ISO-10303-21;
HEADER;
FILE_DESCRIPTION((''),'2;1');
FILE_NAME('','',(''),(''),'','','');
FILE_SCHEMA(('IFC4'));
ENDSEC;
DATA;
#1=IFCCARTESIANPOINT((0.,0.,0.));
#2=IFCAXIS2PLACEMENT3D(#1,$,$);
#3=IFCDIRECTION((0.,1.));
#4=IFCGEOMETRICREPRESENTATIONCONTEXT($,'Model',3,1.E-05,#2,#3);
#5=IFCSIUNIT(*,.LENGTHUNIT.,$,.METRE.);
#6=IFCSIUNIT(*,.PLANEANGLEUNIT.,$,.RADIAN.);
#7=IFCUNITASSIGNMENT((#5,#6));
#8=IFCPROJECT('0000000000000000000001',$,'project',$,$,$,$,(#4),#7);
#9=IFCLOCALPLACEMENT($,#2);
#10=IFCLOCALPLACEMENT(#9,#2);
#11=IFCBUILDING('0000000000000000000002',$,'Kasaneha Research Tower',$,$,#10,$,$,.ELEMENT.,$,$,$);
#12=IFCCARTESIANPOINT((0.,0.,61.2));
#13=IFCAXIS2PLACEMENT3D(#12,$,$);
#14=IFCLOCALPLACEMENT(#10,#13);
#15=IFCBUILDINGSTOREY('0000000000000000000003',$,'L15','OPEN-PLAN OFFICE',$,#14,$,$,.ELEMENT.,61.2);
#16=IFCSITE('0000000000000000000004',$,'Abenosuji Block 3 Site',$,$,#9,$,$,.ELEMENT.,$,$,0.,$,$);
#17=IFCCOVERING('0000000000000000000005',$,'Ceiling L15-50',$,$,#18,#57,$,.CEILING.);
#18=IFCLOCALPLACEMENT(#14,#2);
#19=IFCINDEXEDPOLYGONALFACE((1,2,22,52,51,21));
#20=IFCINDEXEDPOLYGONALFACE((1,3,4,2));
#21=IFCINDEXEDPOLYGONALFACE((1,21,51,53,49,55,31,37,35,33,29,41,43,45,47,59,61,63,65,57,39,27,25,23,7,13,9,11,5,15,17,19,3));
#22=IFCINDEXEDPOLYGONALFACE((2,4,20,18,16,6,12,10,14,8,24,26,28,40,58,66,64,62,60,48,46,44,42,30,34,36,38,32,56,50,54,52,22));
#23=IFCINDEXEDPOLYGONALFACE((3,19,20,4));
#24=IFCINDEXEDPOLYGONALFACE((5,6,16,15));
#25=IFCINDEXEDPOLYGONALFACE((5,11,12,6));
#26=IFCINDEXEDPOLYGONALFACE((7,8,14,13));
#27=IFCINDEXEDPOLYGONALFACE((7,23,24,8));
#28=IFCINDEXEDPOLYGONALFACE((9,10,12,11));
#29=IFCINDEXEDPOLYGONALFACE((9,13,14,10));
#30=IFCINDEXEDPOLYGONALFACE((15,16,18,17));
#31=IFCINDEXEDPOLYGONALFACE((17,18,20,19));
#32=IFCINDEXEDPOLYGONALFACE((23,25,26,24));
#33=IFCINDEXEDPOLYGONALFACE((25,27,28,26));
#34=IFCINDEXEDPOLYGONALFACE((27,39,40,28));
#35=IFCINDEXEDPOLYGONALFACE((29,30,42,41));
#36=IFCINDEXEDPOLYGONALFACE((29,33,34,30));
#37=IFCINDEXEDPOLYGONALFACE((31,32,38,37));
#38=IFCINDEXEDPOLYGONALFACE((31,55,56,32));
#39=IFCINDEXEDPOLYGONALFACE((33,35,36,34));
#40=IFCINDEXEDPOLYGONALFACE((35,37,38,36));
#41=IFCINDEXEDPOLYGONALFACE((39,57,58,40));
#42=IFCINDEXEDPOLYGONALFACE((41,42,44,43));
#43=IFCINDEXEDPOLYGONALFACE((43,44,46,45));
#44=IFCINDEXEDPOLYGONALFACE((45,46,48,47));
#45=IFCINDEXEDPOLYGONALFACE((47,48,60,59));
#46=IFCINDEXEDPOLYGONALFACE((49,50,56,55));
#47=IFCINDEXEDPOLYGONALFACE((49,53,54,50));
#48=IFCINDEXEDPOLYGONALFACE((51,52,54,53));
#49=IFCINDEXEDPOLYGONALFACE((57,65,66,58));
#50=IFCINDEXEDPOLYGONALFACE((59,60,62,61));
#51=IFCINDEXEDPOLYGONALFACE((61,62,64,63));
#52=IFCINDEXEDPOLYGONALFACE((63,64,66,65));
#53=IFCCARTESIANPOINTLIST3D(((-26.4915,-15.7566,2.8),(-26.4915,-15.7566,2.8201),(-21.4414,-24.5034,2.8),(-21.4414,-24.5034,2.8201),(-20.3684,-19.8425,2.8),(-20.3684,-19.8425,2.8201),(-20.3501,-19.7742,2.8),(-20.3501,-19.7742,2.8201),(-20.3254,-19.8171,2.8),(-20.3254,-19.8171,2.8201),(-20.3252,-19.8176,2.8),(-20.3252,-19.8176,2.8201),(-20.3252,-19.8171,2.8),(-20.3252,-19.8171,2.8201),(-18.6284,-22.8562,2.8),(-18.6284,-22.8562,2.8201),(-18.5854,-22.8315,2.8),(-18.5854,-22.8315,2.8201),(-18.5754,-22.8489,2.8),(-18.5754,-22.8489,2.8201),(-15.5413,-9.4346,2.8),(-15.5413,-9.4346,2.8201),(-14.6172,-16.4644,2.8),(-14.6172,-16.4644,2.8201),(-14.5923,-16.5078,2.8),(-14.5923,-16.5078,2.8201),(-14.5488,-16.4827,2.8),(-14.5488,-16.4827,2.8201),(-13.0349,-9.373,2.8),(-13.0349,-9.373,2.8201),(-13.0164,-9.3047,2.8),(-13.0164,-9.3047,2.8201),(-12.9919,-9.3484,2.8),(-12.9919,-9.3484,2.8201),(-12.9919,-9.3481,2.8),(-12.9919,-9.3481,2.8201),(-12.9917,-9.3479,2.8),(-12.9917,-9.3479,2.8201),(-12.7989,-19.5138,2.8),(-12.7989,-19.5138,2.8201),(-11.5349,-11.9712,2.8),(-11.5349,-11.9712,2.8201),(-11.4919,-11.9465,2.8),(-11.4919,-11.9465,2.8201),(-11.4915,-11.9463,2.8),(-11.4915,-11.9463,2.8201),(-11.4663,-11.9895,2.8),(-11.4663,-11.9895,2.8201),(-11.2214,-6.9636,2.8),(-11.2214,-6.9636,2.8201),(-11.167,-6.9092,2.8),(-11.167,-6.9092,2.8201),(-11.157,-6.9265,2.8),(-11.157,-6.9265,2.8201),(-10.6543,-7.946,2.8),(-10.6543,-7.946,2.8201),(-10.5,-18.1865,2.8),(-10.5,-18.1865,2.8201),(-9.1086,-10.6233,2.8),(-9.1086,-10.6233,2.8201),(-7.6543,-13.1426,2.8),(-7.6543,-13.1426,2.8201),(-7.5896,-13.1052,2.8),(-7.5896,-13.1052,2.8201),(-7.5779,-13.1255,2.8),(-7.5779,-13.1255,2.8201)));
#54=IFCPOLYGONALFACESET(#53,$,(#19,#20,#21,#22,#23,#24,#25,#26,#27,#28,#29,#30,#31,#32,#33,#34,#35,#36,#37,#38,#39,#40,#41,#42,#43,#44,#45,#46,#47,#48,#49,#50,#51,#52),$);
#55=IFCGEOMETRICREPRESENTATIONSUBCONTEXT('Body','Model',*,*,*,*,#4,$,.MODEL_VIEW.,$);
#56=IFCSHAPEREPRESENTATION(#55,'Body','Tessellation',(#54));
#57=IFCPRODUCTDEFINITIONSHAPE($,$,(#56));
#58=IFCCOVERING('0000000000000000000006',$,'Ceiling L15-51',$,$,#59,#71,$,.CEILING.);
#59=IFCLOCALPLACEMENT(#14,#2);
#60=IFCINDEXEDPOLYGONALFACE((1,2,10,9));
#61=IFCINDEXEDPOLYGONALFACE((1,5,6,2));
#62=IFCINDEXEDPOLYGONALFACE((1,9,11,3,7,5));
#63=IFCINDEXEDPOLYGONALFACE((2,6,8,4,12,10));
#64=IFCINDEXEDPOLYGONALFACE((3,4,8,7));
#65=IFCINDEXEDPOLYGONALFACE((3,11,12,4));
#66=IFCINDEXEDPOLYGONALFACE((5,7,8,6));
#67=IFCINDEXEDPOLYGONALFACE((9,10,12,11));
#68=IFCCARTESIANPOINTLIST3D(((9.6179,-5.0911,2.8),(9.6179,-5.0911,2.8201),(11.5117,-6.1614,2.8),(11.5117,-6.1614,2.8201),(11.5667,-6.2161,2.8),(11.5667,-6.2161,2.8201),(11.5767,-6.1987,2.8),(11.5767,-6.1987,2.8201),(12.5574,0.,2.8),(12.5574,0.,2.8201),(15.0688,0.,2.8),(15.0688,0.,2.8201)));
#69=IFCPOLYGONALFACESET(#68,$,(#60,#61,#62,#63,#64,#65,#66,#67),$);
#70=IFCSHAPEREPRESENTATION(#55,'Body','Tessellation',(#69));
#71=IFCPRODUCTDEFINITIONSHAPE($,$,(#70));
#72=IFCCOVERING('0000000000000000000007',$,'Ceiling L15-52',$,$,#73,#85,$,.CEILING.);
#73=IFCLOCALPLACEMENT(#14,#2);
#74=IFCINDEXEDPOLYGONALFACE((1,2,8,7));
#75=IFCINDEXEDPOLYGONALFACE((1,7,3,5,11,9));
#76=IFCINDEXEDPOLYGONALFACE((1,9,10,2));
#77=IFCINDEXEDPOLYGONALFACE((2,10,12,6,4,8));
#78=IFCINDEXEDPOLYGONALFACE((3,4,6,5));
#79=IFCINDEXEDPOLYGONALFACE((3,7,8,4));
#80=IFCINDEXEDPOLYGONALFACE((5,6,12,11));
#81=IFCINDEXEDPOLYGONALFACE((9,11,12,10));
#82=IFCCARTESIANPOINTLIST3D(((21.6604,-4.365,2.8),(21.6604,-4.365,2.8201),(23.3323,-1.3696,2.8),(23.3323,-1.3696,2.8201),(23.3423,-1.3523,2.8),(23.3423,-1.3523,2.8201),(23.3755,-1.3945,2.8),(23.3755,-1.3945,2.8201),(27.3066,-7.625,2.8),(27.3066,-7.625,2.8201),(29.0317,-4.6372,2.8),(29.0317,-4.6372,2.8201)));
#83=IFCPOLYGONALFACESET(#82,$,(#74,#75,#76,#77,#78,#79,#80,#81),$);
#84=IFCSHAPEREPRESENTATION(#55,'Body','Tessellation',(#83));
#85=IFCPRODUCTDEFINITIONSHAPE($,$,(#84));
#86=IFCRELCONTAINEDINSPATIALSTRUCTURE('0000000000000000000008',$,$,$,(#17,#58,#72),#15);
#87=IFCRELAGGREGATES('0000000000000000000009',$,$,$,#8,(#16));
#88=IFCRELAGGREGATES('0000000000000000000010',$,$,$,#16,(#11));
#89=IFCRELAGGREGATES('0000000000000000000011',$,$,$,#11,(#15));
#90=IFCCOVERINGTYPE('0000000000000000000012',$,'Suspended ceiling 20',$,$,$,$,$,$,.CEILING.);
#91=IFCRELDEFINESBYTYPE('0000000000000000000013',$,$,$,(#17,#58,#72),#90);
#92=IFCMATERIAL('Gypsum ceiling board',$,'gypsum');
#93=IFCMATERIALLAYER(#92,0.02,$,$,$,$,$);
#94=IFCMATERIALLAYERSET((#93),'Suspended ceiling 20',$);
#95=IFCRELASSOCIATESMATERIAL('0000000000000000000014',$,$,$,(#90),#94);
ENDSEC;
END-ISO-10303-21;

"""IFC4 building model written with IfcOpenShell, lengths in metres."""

from ifc_helpers import new_model, si_unit, direction, frame, origin, place, context, subcontext, project, spatial, polyline, outline, extrude, material, layer, layer_set, type_object, element, save


model = new_model("IFC4")

# Units and contexts
model_context = context("Model", 3, precision=1e-05, world=origin(), true_north=direction((0.0, 1.0)))
body_context = subcontext(model_context, "Body", "Model", "MODEL_VIEW")
ifc_project = project(units=[si_unit("LENGTHUNIT", "METRE"), si_unit("PLANEANGLEUNIT", "RADIAN")], contexts=[model_context])

# Site, building, storey
site_placement = place(None, origin())
site = spatial("IfcSite", under=ifc_project, at=site_placement, Name="Abenosuji Block 3 Site", CompositionType="ELEMENT", RefElevation=0.0)
building_placement = place(site_placement, origin())
building = spatial("IfcBuilding", under=site, at=building_placement, Name="Kasaneha Research Tower", CompositionType="ELEMENT")
storey_placement = place(building_placement, frame((0.0, 0.0, 61.2)))
storey = spatial("IfcBuildingStorey", under=building, at=storey_placement, Name="L15", Description="OPEN-PLAN OFFICE", CompositionType="ELEMENT", Elevation=61.2)

# Coverings
ifc_material_1 = material(Name="Gypsum ceiling board", Category="gypsum")
ifc_layer_1 = layer(ifc_material_1, 0.02)
ifc_layer_set_1 = layer_set([ifc_layer_1], Name="Suspended ceiling 20")
covering_type = type_object("IfcCoveringType", Name="Suspended ceiling 20", PredefinedType="CEILING", material=ifc_layer_set_1)
covering_1_placement = place(storey_placement, frame((0.0, 0.0, 2.8)))
element("IfcCovering", 1, at=covering_1_placement, inside=storey, type_object=covering_type, Name="Ceiling L15-50", PredefinedType="CEILING", context=body_context, shape_type="SweptSolid", body=[
    extrude(outline(polyline([(-12.9919, -9.3481), (-12.9919, -9.3484), (-13.0349, -9.373), (-11.5349, -11.9712), (-11.4919, -11.9465), (-11.4919, -11.9465), (-11.4915, -11.9463), (-11.4663, -11.9895), (-9.1086, -10.6233), (-7.6543, -13.1426), (-7.5896, -13.1052), (-7.5779, -13.1255), (-10.5, -18.1865), (-12.8418, -19.5386), (-12.8418, -19.5386), (-12.7988, -19.5139), (-14.5488, -16.4827), (-14.5923, -16.5078), (-14.6172, -16.4644), (-20.3501, -19.7742), (-20.3252, -19.8171), (-20.3254, -19.8171), (-20.3252, -19.8176), (-20.3684, -19.8425), (-18.6284, -22.8562), (-18.5854, -22.8315), (-18.5754, -22.8489), (-21.4414, -24.5034), (-26.4915, -15.7566), (-15.5413, -9.4346), (-11.167, -6.9092), (-11.157, -6.9265), (-11.2214, -6.9636), (-10.6543, -7.946), (-13.0164, -9.3047), (-12.9917, -9.3479), (-12.9919, -9.3481)])), origin(), (0.0, 0.0, 1.0), 0.02),
])
covering_2_placement = place(storey_placement, frame((0.0, 0.0, 2.8)))
element("IfcCovering", 2, at=covering_2_placement, inside=storey, type_object=covering_type, Name="Ceiling L15-51", PredefinedType="CEILING", context=body_context, shape_type="SweptSolid", body=[
    extrude(outline(polyline([(15.0688, 0.0), (15.0688, 0.0), (11.5117, -6.1614), (11.5767, -6.1987), (11.5667, -6.2161), (9.6179, -5.0911), (12.5574, 0.0), (15.0688, 0.0)])), origin(), (0.0, 0.0, 1.0), 0.02),
])
covering_3_placement = place(storey_placement, frame((0.0, 0.0, 2.8)))
element("IfcCovering", 3, at=covering_3_placement, inside=storey, type_object=covering_type, Name="Ceiling L15-52", PredefinedType="CEILING", context=body_context, shape_type="SweptSolid", body=[
    extrude(outline(polyline([(29.0317, -4.6372), (27.3066, -7.625), (21.6604, -4.365), (23.3755, -1.3945), (23.3323, -1.3696), (23.3423, -1.3523), (29.0317, -4.6372)])), origin(), (0.0, 0.0, 1.0), 0.02),
])

save(model, "model.ifc")
